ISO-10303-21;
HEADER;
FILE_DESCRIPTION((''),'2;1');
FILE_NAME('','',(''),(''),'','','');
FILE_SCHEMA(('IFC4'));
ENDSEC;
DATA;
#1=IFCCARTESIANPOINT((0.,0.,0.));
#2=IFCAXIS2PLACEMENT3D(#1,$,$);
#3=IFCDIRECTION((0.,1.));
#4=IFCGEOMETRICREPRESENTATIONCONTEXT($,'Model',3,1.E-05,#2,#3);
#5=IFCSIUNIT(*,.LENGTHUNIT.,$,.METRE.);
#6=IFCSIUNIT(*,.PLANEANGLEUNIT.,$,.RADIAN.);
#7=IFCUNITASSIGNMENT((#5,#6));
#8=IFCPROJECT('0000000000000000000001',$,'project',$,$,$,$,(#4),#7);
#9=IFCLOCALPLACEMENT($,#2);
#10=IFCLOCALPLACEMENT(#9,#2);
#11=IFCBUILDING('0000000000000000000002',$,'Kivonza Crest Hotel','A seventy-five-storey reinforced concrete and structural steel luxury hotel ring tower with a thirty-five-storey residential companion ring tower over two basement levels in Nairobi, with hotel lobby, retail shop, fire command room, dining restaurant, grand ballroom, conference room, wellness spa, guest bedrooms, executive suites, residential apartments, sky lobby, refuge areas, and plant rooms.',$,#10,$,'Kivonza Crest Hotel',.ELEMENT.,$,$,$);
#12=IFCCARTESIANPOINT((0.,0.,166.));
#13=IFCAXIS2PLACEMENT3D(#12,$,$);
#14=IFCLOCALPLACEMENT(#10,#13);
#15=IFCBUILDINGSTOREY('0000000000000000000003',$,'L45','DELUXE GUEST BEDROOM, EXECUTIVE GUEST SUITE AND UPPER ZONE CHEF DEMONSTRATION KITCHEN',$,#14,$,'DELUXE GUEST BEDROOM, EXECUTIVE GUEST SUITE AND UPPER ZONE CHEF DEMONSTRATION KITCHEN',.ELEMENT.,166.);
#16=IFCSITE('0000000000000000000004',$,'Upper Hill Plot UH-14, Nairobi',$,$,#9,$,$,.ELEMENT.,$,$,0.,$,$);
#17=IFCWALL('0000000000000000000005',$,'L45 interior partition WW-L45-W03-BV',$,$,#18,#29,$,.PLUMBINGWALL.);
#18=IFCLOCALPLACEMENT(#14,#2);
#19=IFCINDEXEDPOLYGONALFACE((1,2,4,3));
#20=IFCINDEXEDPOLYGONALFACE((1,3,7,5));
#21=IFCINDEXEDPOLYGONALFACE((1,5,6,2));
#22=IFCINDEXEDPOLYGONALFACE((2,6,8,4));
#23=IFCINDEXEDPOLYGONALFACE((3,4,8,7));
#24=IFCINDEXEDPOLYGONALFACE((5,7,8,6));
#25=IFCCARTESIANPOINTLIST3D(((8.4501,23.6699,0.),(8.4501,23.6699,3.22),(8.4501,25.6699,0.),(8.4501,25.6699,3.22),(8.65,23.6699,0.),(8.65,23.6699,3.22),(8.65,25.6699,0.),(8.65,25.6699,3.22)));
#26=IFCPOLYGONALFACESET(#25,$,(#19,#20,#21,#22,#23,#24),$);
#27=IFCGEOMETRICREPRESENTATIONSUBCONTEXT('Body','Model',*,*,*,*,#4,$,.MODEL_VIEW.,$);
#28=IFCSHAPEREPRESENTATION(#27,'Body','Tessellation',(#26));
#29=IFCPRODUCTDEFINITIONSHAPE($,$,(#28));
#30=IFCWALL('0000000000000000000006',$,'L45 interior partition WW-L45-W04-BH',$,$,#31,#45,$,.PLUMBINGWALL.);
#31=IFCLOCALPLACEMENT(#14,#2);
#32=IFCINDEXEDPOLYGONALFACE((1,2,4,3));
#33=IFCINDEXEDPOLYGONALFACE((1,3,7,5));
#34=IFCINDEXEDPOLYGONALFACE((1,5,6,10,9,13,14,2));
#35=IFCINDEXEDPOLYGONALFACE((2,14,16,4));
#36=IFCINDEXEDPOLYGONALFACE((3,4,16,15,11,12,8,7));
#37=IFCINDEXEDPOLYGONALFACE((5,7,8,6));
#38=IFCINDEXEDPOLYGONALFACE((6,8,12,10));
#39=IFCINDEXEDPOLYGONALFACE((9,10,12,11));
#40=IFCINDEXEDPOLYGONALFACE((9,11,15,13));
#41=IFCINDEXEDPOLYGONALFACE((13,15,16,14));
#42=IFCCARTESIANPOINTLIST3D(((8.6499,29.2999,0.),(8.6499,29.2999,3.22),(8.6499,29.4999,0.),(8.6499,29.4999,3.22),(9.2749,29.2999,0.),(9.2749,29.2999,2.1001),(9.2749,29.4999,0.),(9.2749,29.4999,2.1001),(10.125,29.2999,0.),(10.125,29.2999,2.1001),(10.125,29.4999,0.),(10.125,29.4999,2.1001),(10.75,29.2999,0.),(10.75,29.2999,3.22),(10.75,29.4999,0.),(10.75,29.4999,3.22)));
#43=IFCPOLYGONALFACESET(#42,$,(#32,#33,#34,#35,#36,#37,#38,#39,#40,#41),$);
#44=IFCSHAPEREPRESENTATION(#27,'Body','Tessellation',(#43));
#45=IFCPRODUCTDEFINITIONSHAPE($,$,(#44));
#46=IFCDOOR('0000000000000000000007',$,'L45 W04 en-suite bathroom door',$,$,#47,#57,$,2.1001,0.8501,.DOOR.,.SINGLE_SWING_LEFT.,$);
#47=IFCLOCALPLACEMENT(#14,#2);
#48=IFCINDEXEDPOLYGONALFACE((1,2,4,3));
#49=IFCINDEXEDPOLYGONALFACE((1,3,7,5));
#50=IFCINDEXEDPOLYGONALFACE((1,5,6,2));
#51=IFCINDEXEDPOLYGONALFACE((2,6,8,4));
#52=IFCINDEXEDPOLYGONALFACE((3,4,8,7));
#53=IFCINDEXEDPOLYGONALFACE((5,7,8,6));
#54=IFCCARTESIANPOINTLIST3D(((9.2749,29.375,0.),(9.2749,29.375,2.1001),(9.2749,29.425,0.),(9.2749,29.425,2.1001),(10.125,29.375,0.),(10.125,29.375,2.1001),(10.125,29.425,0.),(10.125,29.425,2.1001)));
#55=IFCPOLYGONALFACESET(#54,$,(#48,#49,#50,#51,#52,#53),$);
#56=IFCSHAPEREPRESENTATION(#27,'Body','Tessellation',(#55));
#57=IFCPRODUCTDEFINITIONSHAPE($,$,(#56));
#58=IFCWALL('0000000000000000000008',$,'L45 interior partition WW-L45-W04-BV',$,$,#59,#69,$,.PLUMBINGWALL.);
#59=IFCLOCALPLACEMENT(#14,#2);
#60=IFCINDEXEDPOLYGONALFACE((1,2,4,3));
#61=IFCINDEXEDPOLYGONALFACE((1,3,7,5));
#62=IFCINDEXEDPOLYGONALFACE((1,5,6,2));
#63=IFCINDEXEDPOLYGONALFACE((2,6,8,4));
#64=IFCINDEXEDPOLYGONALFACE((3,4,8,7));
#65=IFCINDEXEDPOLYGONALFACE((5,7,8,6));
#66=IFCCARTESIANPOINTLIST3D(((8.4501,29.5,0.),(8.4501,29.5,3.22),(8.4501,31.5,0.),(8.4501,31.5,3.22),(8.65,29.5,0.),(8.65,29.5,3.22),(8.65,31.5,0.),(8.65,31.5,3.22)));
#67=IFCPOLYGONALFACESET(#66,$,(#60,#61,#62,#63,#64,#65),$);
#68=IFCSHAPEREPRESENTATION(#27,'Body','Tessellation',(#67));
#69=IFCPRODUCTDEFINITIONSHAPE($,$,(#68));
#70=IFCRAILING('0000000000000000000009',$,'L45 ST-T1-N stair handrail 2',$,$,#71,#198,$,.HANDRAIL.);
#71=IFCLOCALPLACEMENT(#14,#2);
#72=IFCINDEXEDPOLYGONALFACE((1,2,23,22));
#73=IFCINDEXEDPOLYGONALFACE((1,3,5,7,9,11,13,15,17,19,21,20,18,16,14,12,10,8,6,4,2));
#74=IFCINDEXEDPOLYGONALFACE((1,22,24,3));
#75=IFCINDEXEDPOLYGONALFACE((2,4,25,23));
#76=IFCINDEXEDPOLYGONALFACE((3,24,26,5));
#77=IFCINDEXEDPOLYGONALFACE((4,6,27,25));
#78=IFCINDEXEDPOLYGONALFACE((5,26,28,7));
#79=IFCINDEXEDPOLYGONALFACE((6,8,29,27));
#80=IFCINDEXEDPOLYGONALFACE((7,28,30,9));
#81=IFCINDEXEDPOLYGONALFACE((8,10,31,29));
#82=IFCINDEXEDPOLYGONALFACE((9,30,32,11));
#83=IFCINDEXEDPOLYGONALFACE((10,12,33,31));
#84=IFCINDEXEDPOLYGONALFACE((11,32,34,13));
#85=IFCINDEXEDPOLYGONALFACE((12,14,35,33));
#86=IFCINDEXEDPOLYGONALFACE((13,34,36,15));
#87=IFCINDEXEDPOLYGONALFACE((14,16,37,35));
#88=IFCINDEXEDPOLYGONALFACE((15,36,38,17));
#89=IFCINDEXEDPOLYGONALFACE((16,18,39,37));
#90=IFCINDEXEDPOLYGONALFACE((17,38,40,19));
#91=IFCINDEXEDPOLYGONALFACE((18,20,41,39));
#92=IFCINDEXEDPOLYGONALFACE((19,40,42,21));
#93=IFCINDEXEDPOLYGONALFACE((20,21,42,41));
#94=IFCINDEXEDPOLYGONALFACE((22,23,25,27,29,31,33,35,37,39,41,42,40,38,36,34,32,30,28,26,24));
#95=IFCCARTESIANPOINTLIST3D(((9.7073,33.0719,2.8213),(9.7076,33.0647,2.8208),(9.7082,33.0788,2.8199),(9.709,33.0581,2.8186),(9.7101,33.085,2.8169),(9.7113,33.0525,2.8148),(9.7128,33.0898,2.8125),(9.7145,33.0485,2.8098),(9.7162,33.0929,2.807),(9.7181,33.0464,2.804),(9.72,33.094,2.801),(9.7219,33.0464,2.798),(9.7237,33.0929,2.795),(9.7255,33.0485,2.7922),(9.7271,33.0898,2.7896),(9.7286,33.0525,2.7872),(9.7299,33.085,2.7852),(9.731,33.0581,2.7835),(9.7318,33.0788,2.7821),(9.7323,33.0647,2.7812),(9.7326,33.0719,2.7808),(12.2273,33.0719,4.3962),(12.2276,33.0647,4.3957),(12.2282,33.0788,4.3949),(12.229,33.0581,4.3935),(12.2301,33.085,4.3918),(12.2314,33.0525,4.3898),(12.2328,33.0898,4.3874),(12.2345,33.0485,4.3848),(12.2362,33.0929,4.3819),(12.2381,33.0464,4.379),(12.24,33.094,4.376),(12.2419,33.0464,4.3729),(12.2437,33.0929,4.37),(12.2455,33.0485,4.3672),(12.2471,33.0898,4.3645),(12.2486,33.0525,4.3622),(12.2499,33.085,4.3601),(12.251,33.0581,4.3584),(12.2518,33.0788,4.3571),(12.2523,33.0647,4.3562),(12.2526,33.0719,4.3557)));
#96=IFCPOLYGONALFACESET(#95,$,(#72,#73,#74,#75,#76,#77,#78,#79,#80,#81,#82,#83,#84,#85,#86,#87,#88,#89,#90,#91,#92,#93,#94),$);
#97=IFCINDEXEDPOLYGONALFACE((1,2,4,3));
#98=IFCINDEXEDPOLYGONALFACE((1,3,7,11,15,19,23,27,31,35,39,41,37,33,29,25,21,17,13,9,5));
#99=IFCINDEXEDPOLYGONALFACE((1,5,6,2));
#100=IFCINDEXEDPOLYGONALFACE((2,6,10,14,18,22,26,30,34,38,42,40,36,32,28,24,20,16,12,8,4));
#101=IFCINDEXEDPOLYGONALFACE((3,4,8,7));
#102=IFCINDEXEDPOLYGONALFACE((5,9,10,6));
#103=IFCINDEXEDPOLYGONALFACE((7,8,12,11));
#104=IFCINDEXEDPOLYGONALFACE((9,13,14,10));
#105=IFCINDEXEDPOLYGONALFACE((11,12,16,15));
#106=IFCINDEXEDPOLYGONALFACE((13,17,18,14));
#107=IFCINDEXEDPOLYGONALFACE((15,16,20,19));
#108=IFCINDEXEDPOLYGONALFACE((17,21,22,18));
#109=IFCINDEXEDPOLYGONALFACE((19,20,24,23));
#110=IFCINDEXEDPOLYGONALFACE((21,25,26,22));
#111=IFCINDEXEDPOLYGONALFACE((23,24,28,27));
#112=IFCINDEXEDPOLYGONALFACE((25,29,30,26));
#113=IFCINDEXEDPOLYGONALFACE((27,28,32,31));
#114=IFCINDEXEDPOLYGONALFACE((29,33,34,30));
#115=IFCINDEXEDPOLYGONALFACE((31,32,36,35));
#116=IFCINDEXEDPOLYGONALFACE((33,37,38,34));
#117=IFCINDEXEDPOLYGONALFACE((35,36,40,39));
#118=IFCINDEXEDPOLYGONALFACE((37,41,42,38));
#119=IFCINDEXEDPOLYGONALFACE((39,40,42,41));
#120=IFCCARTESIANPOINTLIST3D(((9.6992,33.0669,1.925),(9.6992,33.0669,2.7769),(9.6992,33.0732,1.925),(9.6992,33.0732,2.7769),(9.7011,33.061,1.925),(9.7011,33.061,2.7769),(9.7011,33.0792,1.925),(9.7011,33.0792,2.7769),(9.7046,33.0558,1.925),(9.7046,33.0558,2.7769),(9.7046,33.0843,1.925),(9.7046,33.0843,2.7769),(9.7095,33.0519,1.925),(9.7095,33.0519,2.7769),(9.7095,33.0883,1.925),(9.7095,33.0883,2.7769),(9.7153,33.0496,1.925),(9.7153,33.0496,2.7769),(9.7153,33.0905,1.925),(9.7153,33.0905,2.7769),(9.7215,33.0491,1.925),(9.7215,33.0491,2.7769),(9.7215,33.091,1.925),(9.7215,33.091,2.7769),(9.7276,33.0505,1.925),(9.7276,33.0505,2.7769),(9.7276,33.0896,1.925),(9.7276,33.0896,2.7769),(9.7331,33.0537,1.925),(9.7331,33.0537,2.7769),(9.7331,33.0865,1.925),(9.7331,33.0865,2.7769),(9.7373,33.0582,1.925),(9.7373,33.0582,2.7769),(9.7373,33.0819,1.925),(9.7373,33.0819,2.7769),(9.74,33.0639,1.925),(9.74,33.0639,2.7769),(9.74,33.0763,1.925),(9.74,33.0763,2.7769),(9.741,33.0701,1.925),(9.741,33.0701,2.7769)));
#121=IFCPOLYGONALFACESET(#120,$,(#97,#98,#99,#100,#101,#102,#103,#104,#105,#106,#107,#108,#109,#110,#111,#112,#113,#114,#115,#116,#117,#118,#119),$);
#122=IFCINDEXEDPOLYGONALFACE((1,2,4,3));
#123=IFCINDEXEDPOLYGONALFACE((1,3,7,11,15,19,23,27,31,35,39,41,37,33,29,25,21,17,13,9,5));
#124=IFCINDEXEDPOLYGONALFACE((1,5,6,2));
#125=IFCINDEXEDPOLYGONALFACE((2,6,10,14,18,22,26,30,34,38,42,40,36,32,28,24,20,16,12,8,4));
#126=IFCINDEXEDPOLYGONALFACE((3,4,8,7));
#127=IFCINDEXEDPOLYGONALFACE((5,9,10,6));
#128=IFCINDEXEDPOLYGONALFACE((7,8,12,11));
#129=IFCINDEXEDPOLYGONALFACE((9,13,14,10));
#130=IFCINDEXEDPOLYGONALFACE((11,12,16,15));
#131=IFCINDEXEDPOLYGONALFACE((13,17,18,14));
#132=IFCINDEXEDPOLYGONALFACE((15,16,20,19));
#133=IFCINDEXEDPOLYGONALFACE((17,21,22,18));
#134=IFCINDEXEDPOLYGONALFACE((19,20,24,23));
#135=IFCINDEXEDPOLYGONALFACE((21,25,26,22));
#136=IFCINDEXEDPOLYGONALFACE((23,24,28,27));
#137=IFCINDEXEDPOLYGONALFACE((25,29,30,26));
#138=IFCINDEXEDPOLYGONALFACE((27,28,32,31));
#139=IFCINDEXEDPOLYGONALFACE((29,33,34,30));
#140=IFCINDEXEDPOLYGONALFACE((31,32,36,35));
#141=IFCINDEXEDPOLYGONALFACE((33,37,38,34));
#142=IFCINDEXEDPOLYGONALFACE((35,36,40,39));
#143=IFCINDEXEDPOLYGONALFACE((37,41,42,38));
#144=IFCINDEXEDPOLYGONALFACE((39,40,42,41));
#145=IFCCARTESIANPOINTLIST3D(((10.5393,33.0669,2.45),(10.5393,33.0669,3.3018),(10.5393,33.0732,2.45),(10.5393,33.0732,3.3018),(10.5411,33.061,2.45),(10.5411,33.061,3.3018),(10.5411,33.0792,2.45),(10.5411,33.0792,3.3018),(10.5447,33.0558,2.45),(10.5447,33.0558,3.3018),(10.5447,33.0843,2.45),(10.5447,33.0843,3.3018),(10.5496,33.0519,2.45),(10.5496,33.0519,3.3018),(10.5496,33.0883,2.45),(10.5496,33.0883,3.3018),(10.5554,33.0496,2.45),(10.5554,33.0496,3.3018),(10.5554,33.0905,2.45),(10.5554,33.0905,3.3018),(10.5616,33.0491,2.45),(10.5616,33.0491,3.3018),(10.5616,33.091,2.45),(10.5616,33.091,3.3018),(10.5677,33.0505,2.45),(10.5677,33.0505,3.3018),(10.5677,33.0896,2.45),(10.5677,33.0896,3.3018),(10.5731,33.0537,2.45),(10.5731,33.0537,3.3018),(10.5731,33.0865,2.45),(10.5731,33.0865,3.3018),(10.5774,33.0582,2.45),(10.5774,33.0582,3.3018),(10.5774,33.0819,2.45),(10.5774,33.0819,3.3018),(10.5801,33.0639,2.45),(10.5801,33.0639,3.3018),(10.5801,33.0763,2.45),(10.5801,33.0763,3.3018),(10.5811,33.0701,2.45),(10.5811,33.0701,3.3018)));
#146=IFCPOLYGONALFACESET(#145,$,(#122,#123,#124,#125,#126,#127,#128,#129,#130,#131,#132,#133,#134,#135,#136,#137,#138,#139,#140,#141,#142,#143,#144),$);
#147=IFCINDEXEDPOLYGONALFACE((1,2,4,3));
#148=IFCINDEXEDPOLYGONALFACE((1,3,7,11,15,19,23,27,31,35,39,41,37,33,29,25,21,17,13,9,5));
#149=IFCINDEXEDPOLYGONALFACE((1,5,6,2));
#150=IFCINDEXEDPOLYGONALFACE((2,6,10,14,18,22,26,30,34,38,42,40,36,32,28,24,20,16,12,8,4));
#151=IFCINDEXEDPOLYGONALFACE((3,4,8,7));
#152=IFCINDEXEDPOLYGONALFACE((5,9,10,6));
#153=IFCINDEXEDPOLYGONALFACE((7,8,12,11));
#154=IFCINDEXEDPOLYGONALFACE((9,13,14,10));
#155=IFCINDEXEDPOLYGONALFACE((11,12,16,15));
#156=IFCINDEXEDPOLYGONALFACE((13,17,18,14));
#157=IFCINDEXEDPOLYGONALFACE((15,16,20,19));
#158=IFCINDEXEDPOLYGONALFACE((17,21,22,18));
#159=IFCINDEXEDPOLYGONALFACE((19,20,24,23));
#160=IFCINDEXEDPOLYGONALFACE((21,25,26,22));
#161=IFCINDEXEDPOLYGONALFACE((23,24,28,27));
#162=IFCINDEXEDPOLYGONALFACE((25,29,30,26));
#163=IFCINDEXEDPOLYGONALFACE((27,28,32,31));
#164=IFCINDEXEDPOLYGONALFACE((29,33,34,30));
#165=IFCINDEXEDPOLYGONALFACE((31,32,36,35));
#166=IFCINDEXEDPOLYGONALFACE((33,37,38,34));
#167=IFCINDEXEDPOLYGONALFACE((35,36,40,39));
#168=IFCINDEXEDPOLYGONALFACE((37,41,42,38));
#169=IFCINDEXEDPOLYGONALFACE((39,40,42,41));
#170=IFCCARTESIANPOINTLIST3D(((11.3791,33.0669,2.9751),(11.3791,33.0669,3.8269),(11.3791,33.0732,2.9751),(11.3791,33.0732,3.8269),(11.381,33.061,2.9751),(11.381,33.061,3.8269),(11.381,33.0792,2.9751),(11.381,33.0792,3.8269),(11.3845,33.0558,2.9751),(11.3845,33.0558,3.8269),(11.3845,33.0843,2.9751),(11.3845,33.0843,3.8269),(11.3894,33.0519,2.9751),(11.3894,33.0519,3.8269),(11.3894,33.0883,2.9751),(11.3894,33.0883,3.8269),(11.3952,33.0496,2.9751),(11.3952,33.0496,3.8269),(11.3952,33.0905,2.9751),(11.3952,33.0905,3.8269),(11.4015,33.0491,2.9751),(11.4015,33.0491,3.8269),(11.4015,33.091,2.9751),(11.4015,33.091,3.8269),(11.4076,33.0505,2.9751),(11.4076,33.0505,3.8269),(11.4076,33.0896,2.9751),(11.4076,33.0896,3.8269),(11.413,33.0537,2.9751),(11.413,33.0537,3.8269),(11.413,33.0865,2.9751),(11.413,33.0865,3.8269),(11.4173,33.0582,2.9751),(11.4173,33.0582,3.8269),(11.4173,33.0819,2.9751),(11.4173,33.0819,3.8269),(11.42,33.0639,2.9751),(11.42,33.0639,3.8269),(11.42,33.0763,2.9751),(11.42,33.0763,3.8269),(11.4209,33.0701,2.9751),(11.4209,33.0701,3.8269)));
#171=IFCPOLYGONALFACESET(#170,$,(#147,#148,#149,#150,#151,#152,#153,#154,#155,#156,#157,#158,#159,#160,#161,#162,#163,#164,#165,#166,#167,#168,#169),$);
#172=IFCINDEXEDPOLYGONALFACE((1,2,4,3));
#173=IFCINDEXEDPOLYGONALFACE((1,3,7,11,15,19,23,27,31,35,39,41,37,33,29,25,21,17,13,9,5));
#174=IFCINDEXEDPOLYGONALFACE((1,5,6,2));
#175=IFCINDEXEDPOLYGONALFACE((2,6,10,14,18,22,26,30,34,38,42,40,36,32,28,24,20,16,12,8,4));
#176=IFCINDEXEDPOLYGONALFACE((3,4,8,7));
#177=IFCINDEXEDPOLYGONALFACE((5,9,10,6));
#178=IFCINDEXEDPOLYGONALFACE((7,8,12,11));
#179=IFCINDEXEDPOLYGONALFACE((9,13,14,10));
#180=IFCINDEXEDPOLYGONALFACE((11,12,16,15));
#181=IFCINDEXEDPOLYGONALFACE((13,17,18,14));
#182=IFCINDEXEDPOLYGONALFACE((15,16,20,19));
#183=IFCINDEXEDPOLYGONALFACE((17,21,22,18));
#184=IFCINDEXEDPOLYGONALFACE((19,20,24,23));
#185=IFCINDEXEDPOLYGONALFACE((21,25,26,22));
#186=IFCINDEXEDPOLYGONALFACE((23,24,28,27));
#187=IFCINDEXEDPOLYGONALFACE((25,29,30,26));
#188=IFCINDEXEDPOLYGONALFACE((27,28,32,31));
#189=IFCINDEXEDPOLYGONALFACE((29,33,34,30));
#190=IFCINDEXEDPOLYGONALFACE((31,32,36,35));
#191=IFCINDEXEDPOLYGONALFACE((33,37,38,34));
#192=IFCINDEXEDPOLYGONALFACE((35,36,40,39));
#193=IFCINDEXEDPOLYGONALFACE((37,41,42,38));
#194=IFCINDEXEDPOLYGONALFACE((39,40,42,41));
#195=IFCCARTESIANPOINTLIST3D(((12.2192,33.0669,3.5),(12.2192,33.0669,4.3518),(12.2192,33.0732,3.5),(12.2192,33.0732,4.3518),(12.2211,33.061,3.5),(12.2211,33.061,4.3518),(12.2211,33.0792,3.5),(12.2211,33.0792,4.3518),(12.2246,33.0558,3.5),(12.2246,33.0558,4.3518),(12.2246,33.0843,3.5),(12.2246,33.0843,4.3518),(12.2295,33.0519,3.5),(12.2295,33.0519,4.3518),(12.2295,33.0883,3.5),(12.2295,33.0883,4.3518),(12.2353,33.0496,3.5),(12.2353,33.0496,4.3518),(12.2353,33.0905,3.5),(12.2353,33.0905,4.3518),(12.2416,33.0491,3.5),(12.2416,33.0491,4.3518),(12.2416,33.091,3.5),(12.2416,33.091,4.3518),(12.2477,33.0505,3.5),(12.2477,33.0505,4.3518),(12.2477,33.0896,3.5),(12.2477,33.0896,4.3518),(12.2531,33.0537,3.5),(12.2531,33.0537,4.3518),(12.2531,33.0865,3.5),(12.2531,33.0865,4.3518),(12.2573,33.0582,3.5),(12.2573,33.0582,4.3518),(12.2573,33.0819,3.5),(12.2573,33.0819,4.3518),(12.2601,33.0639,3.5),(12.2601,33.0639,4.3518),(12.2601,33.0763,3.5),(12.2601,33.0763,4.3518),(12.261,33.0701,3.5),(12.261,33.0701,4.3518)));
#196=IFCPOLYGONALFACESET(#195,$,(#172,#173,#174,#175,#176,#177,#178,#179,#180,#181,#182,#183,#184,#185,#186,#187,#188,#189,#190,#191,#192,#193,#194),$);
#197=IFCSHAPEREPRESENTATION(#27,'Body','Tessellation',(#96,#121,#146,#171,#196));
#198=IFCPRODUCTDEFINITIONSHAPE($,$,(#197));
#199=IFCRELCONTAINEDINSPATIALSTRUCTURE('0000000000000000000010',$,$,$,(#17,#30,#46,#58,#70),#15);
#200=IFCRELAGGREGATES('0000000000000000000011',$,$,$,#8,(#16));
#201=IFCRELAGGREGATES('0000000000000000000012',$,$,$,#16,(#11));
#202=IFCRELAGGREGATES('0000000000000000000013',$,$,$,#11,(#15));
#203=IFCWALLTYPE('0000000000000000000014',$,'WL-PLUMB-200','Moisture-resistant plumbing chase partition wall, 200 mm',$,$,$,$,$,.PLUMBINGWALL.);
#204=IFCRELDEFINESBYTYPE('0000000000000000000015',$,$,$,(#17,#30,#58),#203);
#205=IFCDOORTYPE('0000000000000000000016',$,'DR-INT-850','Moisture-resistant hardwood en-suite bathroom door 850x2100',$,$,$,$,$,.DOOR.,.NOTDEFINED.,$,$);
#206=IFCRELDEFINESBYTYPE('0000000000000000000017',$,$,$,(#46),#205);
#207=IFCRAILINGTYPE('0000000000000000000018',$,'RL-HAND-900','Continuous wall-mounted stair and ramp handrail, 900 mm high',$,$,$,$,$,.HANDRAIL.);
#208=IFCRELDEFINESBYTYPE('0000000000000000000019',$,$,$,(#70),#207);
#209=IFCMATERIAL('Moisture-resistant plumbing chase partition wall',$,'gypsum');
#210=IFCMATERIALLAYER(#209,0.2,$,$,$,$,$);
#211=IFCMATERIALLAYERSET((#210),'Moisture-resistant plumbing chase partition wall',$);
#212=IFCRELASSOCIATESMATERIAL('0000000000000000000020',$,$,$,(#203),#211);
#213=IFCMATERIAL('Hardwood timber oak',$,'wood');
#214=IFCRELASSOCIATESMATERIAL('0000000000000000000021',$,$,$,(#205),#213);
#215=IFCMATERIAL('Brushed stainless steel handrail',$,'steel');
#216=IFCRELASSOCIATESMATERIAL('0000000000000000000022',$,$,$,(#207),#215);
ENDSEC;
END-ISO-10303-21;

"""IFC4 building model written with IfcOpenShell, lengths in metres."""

from ifc_helpers import new_model, si_unit, direction, frame, frame_2d, origin, origin_2d, place, context, subcontext, project, spatial, rectangle, circle, extrude, material, layer, layer_set, type_object, element, fill, save


model = new_model("IFC4")

# Units and contexts
model_context = context("Model", 3, precision=1e-05, world=origin(), true_north=direction((0.0, 1.0)))
body_context = subcontext(model_context, "Body", "Model", "MODEL_VIEW")
ifc_project = project(units=[si_unit("LENGTHUNIT", "METRE"), si_unit("PLANEANGLEUNIT", "RADIAN")], contexts=[model_context])

# Site, building, storey
site_placement = place(None, origin())
site = spatial("IfcSite", under=ifc_project, at=site_placement, Name="Upper Hill Plot UH-14, Nairobi", CompositionType="ELEMENT", RefElevation=0.0)
building_placement = place(site_placement, origin())
building = spatial("IfcBuilding", under=site, at=building_placement, Name="Kivonza Crest Hotel", Description="A seventy-five-storey reinforced concrete and structural steel luxury hotel ring tower with a thirty-five-storey residential companion ring tower over two basement levels in Nairobi, with hotel lobby, retail shop, fire command room, dining restaurant, grand ballroom, conference room, wellness spa, guest bedrooms, executive suites, residential apartments, sky lobby, refuge areas, and plant rooms.", LongName="Kivonza Crest Hotel", CompositionType="ELEMENT")
storey_placement = place(building_placement, frame((0.0, 0.0, 166.0)))
storey = spatial("IfcBuildingStorey", under=building, at=storey_placement, Name="L45", Description="DELUXE GUEST BEDROOM, EXECUTIVE GUEST SUITE AND UPPER ZONE CHEF DEMONSTRATION KITCHEN", LongName="DELUXE GUEST BEDROOM, EXECUTIVE GUEST SUITE AND UPPER ZONE CHEF DEMONSTRATION KITCHEN", CompositionType="ELEMENT", Elevation=166.0)

# Shared definitions
ifc_material_1 = material(Name="Hardwood timber oak", Category="wood")

# Wall
ifc_material_2 = material(Name="Moisture-resistant plumbing chase partition wall", Category="gypsum")
ifc_layer_1 = layer(ifc_material_2, 0.2)
ifc_layer_set_1 = layer_set([ifc_layer_1], Name="Moisture-resistant plumbing chase partition wall")
wall_type_1 = type_object("IfcWallType", Name="WL-PLUMB-200", Description="Moisture-resistant plumbing chase partition wall, 200 mm", PredefinedType="PLUMBINGWALL", material=ifc_layer_set_1)
wall_1_placement = place(storey_placement, frame((8.55, 23.6699, 0.0), z_axis=(0.0, 0.0, 1.0), x_axis=(0.0, 1.0, 0.0)))
element("IfcWall", 1, at=wall_1_placement, inside=storey, type_object=wall_type_1, Name="L45 interior partition WW-L45-W03-BV", PredefinedType="PLUMBINGWALL", context=body_context, shape_type="SweptSolid", body=[
    extrude(rectangle(XDim=2.0, YDim=0.2, at=frame_2d((1.0, 0.0))), origin(), (0.0, 0.0, 1.0), 3.22),
])

# Wall, opening, door
wall_2_placement = place(storey_placement, frame((8.6499, 29.3999, 0.0), z_axis=(0.0, 0.0, 1.0), x_axis=(1.0, 0.0, 0.0)))
wall_2 = element("IfcWall", 2, at=wall_2_placement, inside=storey, type_object=wall_type_1, Name="L45 interior partition WW-L45-W04-BH", PredefinedType="PLUMBINGWALL", context=body_context, shape_type="SweptSolid", body=[
    extrude(rectangle(XDim=2.1001, YDim=0.2, at=frame_2d((1.05, 0.0))), origin(), (0.0, 0.0, 1.0), 3.22),
])
opening_1_placement = place(wall_2_placement, frame((0.625, 0.0, 0.0)))
opening_1 = element("IfcOpeningElement", 3, at=opening_1_placement, cuts=wall_2, PredefinedType="OPENING", context=body_context, shape_type="SweptSolid", body=[
    extrude(rectangle(XDim=0.8501, YDim=2.1001, at=frame_2d((0.425, 1.05))), frame((0.0, 0.1099, 0.0), z_axis=(0.0, -1.0, 0.0), x_axis=(1.0, 0.0, 0.0)), (0.0, 0.0, 1.0), 0.22),
])
door_type_1 = type_object("IfcDoorType", Name="DR-INT-850", Description="Moisture-resistant hardwood en-suite bathroom door 850x2100", OperationType="NOTDEFINED", PredefinedType="DOOR", material=ifc_material_1)
door_1_placement = place(opening_1_placement, frame((0.8501, 0.0, 0.0), z_axis=(0.0, 0.0, 1.0), x_axis=(-1.0, 0.0, 0.0)))
door_1 = element("IfcDoor", 4, at=door_1_placement, inside=storey, type_object=door_type_1, Name="L45 W04 en-suite bathroom door", OperationType="SINGLE_SWING_LEFT", OverallHeight=2.1001, OverallWidth=0.8501, PredefinedType="DOOR", context=body_context, shape_type="SweptSolid", body=[
    extrude(rectangle(XDim=0.8501, YDim=2.1001, at=frame_2d((0.425, 1.05))), frame((0.0, 0.0249, 0.0), z_axis=(0.0, -1.0, 0.0), x_axis=(1.0, 0.0, 0.0)), (0.0, 0.0, 1.0), 0.05),
])
fill(opening_1, door_1)

# Wall
wall_3_placement = place(storey_placement, frame((8.55, 29.5, 0.0), z_axis=(0.0, 0.0, 1.0), x_axis=(0.0, 1.0, 0.0)))
element("IfcWall", 5, at=wall_3_placement, inside=storey, type_object=wall_type_1, Name="L45 interior partition WW-L45-W04-BV", PredefinedType="PLUMBINGWALL", context=body_context, shape_type="SweptSolid", body=[
    extrude(rectangle(XDim=2.0, YDim=0.2, at=frame_2d((1.0, 0.0))), origin(), (0.0, 0.0, 1.0), 3.22),
])

# Railing
ifc_material_3 = material(Name="Brushed stainless steel handrail", Category="steel")
railing_type = type_object("IfcRailingType", Name="RL-HAND-900", Description="Continuous wall-mounted stair and ramp handrail, 900 mm high", PredefinedType="HANDRAIL", material=ifc_material_3)
railing_placement = place(storey_placement, frame((9.72, 33.0701, 1.925)))
element("IfcRailing", 6, at=railing_placement, inside=storey, type_object=railing_type, Name="L45 ST-T1-N stair handrail 2", PredefinedType="HANDRAIL", context=body_context, shape_type="SweptSolid", body=[
    extrude(circle(Radius=0.0239, at=origin_2d()), frame((0.0, 0.0, 0.876), z_axis=(0.848008, 0.0, 0.529984), x_axis=(0.0, 1.0, 0.0)), (0.0, 0.0, 1.0), 2.9717),
    extrude(circle(Radius=0.021, at=origin_2d()), origin(), (0.0, 0.0, 1.0), 0.8518),
    extrude(circle(Radius=0.021, at=origin_2d()), frame((0.8401, 0.0, 0.5249)), (0.0, 0.0, 1.0), 0.8518),
    extrude(circle(Radius=0.021, at=origin_2d()), frame((1.6799, 0.0, 1.05)), (0.0, 0.0, 1.0), 0.8518),
    extrude(circle(Radius=0.021, at=origin_2d()), frame((2.52, 0.0, 1.575)), (0.0, 0.0, 1.0), 0.8518),
])

save(model, "model.ifc")
